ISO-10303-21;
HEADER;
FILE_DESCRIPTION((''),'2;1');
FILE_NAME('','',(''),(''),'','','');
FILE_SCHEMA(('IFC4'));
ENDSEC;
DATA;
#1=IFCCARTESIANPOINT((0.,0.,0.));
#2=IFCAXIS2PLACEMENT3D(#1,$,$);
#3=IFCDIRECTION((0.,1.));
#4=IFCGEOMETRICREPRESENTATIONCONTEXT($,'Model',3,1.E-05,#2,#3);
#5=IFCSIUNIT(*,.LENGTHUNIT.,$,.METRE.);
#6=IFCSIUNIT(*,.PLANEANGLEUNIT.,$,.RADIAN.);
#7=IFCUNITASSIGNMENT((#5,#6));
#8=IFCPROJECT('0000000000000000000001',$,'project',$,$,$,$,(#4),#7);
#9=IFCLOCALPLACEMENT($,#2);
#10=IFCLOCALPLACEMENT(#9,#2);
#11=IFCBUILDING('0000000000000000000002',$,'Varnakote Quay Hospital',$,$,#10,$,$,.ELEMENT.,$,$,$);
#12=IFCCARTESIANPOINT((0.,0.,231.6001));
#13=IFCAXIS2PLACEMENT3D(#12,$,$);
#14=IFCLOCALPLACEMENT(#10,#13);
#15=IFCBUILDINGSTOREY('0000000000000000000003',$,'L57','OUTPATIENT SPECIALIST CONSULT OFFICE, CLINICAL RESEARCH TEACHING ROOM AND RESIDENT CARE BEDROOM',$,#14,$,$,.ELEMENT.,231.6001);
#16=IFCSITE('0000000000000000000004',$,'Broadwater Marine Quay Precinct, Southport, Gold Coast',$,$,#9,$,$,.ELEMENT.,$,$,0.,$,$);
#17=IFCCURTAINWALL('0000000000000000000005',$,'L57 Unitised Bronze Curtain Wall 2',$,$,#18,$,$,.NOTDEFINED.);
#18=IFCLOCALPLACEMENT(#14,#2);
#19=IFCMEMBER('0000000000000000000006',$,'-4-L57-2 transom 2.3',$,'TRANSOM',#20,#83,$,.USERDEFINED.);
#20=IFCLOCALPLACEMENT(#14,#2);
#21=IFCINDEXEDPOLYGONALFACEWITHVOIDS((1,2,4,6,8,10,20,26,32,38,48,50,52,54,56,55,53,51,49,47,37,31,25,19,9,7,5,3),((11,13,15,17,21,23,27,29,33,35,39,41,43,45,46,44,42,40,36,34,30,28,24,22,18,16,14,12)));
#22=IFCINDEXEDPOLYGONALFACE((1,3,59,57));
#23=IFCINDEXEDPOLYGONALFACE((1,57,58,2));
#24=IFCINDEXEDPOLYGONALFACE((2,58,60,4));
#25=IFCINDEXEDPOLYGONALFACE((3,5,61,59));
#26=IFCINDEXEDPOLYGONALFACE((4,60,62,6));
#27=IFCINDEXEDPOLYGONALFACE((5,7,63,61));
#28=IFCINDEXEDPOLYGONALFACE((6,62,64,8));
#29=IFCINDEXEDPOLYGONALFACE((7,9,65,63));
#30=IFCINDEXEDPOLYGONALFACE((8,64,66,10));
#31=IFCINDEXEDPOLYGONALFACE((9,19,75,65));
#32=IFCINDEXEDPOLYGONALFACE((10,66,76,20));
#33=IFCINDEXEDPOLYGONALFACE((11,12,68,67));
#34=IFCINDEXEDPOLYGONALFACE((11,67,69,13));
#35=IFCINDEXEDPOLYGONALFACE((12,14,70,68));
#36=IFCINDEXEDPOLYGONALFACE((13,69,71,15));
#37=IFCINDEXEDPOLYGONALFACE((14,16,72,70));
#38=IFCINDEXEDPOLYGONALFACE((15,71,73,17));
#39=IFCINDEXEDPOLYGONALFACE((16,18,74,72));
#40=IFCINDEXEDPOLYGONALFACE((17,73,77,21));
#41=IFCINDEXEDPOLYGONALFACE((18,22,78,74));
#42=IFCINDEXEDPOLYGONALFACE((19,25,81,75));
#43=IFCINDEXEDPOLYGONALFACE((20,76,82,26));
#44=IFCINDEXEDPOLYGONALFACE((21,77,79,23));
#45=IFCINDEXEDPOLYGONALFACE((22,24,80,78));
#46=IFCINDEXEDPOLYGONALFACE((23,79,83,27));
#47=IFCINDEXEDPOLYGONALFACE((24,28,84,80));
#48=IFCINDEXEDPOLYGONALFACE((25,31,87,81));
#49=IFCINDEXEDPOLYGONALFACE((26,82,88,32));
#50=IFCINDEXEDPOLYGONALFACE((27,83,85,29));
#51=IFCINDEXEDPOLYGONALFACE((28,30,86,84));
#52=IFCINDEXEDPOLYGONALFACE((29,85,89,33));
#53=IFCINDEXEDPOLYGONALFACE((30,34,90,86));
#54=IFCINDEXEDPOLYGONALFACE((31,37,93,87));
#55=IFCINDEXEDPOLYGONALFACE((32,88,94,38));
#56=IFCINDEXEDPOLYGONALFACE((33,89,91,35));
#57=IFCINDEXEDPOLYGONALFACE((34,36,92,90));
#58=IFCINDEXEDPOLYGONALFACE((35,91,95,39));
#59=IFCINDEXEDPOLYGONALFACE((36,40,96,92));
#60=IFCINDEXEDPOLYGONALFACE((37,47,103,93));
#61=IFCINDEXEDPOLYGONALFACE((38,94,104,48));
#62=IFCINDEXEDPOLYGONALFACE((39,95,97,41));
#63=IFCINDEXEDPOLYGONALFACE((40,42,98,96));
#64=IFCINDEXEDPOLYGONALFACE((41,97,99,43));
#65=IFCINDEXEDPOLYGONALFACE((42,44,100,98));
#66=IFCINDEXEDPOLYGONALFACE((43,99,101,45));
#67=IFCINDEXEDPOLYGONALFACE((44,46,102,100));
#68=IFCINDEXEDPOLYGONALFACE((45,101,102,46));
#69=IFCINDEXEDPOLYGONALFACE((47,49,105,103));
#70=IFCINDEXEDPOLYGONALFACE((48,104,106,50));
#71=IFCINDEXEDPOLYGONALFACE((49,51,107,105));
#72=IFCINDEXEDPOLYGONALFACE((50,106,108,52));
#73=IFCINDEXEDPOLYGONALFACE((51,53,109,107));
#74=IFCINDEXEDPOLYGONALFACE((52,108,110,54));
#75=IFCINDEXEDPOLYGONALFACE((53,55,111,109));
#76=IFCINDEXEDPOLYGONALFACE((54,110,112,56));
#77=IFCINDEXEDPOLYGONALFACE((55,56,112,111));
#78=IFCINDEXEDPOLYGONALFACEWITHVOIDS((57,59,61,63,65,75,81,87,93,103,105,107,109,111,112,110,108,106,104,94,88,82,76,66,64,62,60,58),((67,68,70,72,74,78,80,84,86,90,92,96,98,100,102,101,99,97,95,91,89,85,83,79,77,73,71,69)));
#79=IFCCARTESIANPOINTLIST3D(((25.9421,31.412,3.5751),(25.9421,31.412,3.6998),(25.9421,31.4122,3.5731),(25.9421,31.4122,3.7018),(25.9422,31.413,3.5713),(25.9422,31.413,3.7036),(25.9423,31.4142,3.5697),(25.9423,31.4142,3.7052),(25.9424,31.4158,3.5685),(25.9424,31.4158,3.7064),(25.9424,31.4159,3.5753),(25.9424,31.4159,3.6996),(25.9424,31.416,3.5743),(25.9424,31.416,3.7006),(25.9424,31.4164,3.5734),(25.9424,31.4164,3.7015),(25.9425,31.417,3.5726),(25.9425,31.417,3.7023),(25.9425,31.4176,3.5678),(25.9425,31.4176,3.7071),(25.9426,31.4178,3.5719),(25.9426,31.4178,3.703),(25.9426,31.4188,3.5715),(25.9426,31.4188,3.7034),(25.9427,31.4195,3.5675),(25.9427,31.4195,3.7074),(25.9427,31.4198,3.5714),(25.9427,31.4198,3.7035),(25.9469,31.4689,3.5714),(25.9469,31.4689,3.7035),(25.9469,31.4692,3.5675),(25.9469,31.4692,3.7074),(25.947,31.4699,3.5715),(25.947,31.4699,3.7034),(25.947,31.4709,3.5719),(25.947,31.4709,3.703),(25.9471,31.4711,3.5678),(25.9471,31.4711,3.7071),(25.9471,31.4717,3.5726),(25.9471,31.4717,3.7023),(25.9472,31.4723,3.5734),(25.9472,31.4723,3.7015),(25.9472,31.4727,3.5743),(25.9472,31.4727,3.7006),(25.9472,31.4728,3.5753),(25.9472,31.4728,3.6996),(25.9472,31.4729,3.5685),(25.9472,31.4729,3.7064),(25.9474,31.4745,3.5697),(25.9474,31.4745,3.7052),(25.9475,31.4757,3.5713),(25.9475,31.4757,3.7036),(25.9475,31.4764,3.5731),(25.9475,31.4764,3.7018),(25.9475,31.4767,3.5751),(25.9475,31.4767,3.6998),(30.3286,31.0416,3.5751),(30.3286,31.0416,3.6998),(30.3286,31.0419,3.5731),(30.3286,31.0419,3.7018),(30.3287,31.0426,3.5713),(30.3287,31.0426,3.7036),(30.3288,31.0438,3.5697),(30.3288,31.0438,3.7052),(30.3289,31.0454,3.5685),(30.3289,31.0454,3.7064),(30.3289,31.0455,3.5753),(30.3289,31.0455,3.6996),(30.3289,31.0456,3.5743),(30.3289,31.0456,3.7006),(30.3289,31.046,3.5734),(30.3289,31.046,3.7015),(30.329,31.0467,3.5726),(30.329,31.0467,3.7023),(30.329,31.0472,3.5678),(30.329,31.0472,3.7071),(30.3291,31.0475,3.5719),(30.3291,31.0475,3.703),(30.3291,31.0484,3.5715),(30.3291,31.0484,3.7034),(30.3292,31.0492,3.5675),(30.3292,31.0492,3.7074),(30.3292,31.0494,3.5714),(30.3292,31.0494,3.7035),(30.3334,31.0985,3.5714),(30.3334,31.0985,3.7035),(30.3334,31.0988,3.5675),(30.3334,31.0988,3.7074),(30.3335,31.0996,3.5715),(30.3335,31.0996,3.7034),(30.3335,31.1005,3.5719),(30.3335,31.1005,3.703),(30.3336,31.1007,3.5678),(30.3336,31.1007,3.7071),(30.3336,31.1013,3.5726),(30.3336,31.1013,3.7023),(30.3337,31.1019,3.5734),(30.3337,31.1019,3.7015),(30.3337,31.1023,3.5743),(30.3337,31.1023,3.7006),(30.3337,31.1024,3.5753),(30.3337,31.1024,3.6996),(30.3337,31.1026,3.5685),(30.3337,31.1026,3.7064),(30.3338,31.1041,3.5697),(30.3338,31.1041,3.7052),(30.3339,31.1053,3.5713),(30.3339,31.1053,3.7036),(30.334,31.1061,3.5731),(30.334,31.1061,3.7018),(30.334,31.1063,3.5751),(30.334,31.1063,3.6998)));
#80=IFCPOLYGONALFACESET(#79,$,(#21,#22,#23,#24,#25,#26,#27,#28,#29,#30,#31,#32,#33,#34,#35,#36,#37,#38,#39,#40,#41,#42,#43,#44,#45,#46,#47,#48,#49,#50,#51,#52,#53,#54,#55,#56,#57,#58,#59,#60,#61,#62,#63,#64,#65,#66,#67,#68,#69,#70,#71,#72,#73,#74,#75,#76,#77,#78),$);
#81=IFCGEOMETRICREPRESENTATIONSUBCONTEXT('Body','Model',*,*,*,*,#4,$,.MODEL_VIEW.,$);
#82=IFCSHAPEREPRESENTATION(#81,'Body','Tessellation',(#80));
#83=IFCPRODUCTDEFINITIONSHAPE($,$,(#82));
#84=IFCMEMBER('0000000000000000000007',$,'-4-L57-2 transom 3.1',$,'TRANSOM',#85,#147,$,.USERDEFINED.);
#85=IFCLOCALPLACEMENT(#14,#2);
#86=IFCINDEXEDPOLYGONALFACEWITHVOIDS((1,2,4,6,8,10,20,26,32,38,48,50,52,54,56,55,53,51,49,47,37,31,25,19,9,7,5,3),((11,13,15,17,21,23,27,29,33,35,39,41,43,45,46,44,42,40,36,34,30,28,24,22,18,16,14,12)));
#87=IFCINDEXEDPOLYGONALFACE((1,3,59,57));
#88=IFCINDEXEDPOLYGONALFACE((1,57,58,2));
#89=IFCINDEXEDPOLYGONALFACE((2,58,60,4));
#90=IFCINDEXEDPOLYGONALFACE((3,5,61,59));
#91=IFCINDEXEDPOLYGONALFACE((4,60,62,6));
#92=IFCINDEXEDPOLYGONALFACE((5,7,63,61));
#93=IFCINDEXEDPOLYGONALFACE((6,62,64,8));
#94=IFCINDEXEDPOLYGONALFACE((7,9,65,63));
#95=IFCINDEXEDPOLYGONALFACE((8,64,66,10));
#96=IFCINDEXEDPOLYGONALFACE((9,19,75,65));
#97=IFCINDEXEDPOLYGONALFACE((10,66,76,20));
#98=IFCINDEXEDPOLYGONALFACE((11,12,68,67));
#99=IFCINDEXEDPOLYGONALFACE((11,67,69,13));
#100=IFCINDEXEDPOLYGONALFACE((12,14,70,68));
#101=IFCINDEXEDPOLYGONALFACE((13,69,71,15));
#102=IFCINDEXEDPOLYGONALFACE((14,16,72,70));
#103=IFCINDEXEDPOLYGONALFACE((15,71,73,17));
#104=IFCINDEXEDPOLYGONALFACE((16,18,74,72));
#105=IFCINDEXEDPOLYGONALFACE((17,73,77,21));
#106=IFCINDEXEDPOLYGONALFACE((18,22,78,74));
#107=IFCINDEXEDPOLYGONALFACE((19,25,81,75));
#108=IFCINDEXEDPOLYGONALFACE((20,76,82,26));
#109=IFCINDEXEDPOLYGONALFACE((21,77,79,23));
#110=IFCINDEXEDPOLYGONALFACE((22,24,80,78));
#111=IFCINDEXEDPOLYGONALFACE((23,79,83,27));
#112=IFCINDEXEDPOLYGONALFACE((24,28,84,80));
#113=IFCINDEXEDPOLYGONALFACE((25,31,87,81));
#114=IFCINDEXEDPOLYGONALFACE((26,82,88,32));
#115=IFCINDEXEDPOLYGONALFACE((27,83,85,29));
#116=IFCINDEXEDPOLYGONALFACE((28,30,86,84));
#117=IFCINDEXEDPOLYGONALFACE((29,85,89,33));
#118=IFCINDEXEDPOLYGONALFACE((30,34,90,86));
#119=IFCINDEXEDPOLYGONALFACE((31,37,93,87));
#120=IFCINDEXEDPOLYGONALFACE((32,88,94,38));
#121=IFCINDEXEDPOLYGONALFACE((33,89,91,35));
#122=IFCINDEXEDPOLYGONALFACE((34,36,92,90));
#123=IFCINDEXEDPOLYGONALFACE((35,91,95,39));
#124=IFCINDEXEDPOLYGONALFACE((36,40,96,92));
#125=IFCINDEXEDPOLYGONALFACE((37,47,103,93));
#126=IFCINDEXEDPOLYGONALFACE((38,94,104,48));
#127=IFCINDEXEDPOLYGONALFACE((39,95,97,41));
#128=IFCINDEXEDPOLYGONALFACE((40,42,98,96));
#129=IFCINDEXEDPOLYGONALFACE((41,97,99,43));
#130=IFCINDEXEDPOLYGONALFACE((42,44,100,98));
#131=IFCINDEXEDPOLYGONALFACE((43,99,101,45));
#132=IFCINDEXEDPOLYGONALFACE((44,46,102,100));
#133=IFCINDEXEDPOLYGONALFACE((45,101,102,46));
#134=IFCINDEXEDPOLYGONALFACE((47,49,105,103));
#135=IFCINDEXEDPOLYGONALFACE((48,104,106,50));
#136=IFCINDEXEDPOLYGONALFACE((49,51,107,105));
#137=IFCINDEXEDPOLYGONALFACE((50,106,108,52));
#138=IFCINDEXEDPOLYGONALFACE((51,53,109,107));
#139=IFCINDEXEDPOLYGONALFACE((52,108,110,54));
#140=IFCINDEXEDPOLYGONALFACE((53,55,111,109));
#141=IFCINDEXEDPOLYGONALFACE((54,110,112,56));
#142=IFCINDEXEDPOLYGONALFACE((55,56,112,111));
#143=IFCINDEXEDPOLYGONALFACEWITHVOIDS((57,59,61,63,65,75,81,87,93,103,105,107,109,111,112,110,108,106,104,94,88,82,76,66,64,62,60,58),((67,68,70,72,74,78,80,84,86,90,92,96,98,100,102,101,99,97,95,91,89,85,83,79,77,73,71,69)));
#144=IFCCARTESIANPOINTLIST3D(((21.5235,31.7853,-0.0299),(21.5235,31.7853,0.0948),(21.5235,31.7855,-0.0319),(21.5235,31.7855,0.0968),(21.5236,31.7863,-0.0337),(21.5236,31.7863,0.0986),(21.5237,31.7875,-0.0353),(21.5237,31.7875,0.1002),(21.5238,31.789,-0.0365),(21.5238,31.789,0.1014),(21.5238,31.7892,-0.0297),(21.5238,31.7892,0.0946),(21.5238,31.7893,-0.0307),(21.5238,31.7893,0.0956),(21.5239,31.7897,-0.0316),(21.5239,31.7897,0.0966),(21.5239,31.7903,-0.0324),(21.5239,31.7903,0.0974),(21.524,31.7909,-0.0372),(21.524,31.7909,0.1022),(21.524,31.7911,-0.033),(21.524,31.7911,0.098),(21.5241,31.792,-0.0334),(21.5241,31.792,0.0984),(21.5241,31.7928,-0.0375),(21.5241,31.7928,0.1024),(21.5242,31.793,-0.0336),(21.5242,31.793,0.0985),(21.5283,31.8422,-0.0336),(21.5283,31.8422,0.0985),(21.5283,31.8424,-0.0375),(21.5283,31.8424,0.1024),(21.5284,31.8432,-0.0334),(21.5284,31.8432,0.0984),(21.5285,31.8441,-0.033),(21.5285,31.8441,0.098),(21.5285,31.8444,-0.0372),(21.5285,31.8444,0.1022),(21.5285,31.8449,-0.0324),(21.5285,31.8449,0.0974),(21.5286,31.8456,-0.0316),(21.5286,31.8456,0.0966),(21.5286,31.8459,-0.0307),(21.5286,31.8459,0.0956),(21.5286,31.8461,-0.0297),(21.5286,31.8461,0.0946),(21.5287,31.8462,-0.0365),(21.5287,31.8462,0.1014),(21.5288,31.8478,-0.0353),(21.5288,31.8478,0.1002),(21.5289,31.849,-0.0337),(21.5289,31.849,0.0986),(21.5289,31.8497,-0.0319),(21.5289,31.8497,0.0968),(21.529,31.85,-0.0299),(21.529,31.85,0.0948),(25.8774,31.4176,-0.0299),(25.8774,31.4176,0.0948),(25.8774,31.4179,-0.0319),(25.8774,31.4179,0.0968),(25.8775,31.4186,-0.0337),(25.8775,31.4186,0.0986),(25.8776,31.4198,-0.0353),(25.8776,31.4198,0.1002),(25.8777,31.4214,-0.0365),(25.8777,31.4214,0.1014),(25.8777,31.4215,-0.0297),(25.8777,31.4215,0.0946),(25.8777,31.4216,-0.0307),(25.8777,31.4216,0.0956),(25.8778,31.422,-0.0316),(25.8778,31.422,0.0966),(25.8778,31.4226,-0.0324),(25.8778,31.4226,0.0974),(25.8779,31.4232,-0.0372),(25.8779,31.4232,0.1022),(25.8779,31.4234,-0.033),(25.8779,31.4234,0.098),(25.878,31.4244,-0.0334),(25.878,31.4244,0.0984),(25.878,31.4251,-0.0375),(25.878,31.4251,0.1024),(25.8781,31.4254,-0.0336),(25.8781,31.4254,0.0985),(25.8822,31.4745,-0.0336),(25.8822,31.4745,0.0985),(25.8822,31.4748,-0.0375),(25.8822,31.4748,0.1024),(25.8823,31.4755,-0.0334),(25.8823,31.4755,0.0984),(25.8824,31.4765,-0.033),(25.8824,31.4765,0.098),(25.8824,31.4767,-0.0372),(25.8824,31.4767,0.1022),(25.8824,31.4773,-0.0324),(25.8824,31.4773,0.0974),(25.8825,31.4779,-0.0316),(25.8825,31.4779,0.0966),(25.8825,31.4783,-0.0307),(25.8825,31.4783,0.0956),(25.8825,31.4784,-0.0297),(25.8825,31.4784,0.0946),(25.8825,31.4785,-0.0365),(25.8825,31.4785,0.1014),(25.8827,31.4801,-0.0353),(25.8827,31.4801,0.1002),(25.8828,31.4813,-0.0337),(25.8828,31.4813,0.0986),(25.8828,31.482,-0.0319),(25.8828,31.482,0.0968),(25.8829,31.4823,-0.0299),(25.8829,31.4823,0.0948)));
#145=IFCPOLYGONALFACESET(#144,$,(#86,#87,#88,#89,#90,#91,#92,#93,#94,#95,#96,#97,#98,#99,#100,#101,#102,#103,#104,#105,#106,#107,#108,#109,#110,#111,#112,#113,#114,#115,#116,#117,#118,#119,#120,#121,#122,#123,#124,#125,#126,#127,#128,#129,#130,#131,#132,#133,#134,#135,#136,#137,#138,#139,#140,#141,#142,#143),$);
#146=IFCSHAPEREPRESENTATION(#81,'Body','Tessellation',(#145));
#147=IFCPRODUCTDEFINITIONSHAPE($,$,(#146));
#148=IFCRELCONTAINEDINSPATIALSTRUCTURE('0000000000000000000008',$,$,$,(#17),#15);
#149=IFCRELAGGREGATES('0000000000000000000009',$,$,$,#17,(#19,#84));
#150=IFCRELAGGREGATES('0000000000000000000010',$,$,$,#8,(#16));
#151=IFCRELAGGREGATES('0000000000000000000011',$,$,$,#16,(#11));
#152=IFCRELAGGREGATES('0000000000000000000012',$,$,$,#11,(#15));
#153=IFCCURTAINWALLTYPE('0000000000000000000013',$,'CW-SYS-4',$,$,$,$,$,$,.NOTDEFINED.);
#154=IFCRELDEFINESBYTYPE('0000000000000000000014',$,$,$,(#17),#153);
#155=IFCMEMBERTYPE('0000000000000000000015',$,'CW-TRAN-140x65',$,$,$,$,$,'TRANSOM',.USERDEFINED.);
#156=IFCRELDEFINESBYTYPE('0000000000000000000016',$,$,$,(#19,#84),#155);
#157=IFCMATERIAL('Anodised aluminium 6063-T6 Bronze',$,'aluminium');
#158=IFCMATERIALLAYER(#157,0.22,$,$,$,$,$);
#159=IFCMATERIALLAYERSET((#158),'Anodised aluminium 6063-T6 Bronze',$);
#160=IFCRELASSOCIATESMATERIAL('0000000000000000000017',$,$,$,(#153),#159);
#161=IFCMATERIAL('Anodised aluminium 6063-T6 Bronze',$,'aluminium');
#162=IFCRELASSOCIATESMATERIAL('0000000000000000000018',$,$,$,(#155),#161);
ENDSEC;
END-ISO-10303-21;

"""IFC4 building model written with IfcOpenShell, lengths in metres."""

from ifc_helpers import new_model, si_unit, direction, frame, origin, origin_2d, place, context, subcontext, project, spatial, hollow_rectangle, extrude, material, layer, layer_set, material_profile, profile_set, type_object, element, aggregate, save


model = new_model("IFC4")

# Units and contexts
model_context = context("Model", 3, precision=1e-05, world=origin(), true_north=direction((0.0, 1.0)))
body_context = subcontext(model_context, "Body", "Model", "MODEL_VIEW")
ifc_project = project(units=[si_unit("LENGTHUNIT", "METRE"), si_unit("PLANEANGLEUNIT", "RADIAN")], contexts=[model_context])

# Site, building, storey
site_placement = place(None, origin())
site = spatial("IfcSite", under=ifc_project, at=site_placement, Name="Broadwater Marine Quay Precinct, Southport, Gold Coast", CompositionType="ELEMENT", RefElevation=0.0)
building_placement = place(site_placement, origin())
building = spatial("IfcBuilding", under=site, at=building_placement, Name="Varnakote Quay Hospital", CompositionType="ELEMENT")
storey_placement = place(building_placement, frame((0.0, 0.0, 231.6001)))
storey = spatial("IfcBuildingStorey", under=building, at=storey_placement, Name="L57", Description="OUTPATIENT SPECIALIST CONSULT OFFICE, CLINICAL RESEARCH TEACHING ROOM AND RESIDENT CARE BEDROOM", CompositionType="ELEMENT", Elevation=231.6001)

# Curtain wall, members
ifc_material_1 = material(Name="Anodised aluminium 6063-T6 Bronze", Category="aluminium")
ifc_layer_1 = layer(ifc_material_1, 0.22)
ifc_layer_set_1 = layer_set([ifc_layer_1], Name="Anodised aluminium 6063-T6 Bronze")
curtain_wall_type = type_object("IfcCurtainWallType", Name="CW-SYS-4", PredefinedType="NOTDEFINED", material=ifc_layer_set_1)
curtain_wall_placement = place(storey_placement, origin())
curtain_wall = element("IfcCurtainWall", 1, at=curtain_wall_placement, inside=storey, type_object=curtain_wall_type, Name="L57 Unitised Bronze Curtain Wall 2", PredefinedType="NOTDEFINED")
ifc_material_2 = material(Name="Anodised aluminium 6063-T6 Bronze", Category="aluminium")
ifc_material_profile_1 = material_profile(ifc_material_2, hollow_rectangle(XDim=0.0649, YDim=0.1399, WallThickness=0.0039, InnerFilletRadius=0.0039, OuterFilletRadius=0.0076, at=origin_2d()), Name="CW-TRAN-140x65")
ifc_profile_set_1 = profile_set([ifc_material_profile_1], Name="Anodised aluminium 6063-T6 Bronze")
member_type_1 = type_object("IfcMemberType", Name="CW-TRAN-140x65", ElementType="TRANSOM", PredefinedType="USERDEFINED", material=ifc_profile_set_1)
member_1_placement = place(storey_placement, frame((30.3313, 31.074, 3.6375), z_axis=(-0.996455, 0.084133, 0.0), x_axis=(-0.084133, -0.996455, 0.0)))
member_1 = element("IfcMember", 2, at=member_1_placement, type_object=member_type_1, Name="-4-L57-2 transom 2.3", ObjectType="TRANSOM", PredefinedType="USERDEFINED", context=body_context, shape_type="SweptSolid", body=[
    extrude(hollow_rectangle(XDim=0.0649, YDim=0.1399, WallThickness=0.0039, InnerFilletRadius=0.0039, OuterFilletRadius=0.0076, at=origin_2d()), origin(), (0.0, 0.0, 1.0), 4.4021),
])
member_2_placement = place(storey_placement, frame((25.8801, 31.45, 0.0325), z_axis=(-0.996453, 0.084146, 0.0), x_axis=(-0.084146, -0.996453, 0.0)))
member_2 = element("IfcMember", 3, at=member_2_placement, type_object=member_type_1, Name="-4-L57-2 transom 3.1", ObjectType="TRANSOM", PredefinedType="USERDEFINED", context=body_context, shape_type="SweptSolid", body=[
    extrude(hollow_rectangle(XDim=0.0649, YDim=0.1399, WallThickness=0.0039, InnerFilletRadius=0.0039, OuterFilletRadius=0.0076, at=origin_2d()), origin(), (0.0, 0.0, 1.0), 4.3694),
])

aggregate(curtain_wall, [member_1, member_2])

save(model, "model.ifc")
